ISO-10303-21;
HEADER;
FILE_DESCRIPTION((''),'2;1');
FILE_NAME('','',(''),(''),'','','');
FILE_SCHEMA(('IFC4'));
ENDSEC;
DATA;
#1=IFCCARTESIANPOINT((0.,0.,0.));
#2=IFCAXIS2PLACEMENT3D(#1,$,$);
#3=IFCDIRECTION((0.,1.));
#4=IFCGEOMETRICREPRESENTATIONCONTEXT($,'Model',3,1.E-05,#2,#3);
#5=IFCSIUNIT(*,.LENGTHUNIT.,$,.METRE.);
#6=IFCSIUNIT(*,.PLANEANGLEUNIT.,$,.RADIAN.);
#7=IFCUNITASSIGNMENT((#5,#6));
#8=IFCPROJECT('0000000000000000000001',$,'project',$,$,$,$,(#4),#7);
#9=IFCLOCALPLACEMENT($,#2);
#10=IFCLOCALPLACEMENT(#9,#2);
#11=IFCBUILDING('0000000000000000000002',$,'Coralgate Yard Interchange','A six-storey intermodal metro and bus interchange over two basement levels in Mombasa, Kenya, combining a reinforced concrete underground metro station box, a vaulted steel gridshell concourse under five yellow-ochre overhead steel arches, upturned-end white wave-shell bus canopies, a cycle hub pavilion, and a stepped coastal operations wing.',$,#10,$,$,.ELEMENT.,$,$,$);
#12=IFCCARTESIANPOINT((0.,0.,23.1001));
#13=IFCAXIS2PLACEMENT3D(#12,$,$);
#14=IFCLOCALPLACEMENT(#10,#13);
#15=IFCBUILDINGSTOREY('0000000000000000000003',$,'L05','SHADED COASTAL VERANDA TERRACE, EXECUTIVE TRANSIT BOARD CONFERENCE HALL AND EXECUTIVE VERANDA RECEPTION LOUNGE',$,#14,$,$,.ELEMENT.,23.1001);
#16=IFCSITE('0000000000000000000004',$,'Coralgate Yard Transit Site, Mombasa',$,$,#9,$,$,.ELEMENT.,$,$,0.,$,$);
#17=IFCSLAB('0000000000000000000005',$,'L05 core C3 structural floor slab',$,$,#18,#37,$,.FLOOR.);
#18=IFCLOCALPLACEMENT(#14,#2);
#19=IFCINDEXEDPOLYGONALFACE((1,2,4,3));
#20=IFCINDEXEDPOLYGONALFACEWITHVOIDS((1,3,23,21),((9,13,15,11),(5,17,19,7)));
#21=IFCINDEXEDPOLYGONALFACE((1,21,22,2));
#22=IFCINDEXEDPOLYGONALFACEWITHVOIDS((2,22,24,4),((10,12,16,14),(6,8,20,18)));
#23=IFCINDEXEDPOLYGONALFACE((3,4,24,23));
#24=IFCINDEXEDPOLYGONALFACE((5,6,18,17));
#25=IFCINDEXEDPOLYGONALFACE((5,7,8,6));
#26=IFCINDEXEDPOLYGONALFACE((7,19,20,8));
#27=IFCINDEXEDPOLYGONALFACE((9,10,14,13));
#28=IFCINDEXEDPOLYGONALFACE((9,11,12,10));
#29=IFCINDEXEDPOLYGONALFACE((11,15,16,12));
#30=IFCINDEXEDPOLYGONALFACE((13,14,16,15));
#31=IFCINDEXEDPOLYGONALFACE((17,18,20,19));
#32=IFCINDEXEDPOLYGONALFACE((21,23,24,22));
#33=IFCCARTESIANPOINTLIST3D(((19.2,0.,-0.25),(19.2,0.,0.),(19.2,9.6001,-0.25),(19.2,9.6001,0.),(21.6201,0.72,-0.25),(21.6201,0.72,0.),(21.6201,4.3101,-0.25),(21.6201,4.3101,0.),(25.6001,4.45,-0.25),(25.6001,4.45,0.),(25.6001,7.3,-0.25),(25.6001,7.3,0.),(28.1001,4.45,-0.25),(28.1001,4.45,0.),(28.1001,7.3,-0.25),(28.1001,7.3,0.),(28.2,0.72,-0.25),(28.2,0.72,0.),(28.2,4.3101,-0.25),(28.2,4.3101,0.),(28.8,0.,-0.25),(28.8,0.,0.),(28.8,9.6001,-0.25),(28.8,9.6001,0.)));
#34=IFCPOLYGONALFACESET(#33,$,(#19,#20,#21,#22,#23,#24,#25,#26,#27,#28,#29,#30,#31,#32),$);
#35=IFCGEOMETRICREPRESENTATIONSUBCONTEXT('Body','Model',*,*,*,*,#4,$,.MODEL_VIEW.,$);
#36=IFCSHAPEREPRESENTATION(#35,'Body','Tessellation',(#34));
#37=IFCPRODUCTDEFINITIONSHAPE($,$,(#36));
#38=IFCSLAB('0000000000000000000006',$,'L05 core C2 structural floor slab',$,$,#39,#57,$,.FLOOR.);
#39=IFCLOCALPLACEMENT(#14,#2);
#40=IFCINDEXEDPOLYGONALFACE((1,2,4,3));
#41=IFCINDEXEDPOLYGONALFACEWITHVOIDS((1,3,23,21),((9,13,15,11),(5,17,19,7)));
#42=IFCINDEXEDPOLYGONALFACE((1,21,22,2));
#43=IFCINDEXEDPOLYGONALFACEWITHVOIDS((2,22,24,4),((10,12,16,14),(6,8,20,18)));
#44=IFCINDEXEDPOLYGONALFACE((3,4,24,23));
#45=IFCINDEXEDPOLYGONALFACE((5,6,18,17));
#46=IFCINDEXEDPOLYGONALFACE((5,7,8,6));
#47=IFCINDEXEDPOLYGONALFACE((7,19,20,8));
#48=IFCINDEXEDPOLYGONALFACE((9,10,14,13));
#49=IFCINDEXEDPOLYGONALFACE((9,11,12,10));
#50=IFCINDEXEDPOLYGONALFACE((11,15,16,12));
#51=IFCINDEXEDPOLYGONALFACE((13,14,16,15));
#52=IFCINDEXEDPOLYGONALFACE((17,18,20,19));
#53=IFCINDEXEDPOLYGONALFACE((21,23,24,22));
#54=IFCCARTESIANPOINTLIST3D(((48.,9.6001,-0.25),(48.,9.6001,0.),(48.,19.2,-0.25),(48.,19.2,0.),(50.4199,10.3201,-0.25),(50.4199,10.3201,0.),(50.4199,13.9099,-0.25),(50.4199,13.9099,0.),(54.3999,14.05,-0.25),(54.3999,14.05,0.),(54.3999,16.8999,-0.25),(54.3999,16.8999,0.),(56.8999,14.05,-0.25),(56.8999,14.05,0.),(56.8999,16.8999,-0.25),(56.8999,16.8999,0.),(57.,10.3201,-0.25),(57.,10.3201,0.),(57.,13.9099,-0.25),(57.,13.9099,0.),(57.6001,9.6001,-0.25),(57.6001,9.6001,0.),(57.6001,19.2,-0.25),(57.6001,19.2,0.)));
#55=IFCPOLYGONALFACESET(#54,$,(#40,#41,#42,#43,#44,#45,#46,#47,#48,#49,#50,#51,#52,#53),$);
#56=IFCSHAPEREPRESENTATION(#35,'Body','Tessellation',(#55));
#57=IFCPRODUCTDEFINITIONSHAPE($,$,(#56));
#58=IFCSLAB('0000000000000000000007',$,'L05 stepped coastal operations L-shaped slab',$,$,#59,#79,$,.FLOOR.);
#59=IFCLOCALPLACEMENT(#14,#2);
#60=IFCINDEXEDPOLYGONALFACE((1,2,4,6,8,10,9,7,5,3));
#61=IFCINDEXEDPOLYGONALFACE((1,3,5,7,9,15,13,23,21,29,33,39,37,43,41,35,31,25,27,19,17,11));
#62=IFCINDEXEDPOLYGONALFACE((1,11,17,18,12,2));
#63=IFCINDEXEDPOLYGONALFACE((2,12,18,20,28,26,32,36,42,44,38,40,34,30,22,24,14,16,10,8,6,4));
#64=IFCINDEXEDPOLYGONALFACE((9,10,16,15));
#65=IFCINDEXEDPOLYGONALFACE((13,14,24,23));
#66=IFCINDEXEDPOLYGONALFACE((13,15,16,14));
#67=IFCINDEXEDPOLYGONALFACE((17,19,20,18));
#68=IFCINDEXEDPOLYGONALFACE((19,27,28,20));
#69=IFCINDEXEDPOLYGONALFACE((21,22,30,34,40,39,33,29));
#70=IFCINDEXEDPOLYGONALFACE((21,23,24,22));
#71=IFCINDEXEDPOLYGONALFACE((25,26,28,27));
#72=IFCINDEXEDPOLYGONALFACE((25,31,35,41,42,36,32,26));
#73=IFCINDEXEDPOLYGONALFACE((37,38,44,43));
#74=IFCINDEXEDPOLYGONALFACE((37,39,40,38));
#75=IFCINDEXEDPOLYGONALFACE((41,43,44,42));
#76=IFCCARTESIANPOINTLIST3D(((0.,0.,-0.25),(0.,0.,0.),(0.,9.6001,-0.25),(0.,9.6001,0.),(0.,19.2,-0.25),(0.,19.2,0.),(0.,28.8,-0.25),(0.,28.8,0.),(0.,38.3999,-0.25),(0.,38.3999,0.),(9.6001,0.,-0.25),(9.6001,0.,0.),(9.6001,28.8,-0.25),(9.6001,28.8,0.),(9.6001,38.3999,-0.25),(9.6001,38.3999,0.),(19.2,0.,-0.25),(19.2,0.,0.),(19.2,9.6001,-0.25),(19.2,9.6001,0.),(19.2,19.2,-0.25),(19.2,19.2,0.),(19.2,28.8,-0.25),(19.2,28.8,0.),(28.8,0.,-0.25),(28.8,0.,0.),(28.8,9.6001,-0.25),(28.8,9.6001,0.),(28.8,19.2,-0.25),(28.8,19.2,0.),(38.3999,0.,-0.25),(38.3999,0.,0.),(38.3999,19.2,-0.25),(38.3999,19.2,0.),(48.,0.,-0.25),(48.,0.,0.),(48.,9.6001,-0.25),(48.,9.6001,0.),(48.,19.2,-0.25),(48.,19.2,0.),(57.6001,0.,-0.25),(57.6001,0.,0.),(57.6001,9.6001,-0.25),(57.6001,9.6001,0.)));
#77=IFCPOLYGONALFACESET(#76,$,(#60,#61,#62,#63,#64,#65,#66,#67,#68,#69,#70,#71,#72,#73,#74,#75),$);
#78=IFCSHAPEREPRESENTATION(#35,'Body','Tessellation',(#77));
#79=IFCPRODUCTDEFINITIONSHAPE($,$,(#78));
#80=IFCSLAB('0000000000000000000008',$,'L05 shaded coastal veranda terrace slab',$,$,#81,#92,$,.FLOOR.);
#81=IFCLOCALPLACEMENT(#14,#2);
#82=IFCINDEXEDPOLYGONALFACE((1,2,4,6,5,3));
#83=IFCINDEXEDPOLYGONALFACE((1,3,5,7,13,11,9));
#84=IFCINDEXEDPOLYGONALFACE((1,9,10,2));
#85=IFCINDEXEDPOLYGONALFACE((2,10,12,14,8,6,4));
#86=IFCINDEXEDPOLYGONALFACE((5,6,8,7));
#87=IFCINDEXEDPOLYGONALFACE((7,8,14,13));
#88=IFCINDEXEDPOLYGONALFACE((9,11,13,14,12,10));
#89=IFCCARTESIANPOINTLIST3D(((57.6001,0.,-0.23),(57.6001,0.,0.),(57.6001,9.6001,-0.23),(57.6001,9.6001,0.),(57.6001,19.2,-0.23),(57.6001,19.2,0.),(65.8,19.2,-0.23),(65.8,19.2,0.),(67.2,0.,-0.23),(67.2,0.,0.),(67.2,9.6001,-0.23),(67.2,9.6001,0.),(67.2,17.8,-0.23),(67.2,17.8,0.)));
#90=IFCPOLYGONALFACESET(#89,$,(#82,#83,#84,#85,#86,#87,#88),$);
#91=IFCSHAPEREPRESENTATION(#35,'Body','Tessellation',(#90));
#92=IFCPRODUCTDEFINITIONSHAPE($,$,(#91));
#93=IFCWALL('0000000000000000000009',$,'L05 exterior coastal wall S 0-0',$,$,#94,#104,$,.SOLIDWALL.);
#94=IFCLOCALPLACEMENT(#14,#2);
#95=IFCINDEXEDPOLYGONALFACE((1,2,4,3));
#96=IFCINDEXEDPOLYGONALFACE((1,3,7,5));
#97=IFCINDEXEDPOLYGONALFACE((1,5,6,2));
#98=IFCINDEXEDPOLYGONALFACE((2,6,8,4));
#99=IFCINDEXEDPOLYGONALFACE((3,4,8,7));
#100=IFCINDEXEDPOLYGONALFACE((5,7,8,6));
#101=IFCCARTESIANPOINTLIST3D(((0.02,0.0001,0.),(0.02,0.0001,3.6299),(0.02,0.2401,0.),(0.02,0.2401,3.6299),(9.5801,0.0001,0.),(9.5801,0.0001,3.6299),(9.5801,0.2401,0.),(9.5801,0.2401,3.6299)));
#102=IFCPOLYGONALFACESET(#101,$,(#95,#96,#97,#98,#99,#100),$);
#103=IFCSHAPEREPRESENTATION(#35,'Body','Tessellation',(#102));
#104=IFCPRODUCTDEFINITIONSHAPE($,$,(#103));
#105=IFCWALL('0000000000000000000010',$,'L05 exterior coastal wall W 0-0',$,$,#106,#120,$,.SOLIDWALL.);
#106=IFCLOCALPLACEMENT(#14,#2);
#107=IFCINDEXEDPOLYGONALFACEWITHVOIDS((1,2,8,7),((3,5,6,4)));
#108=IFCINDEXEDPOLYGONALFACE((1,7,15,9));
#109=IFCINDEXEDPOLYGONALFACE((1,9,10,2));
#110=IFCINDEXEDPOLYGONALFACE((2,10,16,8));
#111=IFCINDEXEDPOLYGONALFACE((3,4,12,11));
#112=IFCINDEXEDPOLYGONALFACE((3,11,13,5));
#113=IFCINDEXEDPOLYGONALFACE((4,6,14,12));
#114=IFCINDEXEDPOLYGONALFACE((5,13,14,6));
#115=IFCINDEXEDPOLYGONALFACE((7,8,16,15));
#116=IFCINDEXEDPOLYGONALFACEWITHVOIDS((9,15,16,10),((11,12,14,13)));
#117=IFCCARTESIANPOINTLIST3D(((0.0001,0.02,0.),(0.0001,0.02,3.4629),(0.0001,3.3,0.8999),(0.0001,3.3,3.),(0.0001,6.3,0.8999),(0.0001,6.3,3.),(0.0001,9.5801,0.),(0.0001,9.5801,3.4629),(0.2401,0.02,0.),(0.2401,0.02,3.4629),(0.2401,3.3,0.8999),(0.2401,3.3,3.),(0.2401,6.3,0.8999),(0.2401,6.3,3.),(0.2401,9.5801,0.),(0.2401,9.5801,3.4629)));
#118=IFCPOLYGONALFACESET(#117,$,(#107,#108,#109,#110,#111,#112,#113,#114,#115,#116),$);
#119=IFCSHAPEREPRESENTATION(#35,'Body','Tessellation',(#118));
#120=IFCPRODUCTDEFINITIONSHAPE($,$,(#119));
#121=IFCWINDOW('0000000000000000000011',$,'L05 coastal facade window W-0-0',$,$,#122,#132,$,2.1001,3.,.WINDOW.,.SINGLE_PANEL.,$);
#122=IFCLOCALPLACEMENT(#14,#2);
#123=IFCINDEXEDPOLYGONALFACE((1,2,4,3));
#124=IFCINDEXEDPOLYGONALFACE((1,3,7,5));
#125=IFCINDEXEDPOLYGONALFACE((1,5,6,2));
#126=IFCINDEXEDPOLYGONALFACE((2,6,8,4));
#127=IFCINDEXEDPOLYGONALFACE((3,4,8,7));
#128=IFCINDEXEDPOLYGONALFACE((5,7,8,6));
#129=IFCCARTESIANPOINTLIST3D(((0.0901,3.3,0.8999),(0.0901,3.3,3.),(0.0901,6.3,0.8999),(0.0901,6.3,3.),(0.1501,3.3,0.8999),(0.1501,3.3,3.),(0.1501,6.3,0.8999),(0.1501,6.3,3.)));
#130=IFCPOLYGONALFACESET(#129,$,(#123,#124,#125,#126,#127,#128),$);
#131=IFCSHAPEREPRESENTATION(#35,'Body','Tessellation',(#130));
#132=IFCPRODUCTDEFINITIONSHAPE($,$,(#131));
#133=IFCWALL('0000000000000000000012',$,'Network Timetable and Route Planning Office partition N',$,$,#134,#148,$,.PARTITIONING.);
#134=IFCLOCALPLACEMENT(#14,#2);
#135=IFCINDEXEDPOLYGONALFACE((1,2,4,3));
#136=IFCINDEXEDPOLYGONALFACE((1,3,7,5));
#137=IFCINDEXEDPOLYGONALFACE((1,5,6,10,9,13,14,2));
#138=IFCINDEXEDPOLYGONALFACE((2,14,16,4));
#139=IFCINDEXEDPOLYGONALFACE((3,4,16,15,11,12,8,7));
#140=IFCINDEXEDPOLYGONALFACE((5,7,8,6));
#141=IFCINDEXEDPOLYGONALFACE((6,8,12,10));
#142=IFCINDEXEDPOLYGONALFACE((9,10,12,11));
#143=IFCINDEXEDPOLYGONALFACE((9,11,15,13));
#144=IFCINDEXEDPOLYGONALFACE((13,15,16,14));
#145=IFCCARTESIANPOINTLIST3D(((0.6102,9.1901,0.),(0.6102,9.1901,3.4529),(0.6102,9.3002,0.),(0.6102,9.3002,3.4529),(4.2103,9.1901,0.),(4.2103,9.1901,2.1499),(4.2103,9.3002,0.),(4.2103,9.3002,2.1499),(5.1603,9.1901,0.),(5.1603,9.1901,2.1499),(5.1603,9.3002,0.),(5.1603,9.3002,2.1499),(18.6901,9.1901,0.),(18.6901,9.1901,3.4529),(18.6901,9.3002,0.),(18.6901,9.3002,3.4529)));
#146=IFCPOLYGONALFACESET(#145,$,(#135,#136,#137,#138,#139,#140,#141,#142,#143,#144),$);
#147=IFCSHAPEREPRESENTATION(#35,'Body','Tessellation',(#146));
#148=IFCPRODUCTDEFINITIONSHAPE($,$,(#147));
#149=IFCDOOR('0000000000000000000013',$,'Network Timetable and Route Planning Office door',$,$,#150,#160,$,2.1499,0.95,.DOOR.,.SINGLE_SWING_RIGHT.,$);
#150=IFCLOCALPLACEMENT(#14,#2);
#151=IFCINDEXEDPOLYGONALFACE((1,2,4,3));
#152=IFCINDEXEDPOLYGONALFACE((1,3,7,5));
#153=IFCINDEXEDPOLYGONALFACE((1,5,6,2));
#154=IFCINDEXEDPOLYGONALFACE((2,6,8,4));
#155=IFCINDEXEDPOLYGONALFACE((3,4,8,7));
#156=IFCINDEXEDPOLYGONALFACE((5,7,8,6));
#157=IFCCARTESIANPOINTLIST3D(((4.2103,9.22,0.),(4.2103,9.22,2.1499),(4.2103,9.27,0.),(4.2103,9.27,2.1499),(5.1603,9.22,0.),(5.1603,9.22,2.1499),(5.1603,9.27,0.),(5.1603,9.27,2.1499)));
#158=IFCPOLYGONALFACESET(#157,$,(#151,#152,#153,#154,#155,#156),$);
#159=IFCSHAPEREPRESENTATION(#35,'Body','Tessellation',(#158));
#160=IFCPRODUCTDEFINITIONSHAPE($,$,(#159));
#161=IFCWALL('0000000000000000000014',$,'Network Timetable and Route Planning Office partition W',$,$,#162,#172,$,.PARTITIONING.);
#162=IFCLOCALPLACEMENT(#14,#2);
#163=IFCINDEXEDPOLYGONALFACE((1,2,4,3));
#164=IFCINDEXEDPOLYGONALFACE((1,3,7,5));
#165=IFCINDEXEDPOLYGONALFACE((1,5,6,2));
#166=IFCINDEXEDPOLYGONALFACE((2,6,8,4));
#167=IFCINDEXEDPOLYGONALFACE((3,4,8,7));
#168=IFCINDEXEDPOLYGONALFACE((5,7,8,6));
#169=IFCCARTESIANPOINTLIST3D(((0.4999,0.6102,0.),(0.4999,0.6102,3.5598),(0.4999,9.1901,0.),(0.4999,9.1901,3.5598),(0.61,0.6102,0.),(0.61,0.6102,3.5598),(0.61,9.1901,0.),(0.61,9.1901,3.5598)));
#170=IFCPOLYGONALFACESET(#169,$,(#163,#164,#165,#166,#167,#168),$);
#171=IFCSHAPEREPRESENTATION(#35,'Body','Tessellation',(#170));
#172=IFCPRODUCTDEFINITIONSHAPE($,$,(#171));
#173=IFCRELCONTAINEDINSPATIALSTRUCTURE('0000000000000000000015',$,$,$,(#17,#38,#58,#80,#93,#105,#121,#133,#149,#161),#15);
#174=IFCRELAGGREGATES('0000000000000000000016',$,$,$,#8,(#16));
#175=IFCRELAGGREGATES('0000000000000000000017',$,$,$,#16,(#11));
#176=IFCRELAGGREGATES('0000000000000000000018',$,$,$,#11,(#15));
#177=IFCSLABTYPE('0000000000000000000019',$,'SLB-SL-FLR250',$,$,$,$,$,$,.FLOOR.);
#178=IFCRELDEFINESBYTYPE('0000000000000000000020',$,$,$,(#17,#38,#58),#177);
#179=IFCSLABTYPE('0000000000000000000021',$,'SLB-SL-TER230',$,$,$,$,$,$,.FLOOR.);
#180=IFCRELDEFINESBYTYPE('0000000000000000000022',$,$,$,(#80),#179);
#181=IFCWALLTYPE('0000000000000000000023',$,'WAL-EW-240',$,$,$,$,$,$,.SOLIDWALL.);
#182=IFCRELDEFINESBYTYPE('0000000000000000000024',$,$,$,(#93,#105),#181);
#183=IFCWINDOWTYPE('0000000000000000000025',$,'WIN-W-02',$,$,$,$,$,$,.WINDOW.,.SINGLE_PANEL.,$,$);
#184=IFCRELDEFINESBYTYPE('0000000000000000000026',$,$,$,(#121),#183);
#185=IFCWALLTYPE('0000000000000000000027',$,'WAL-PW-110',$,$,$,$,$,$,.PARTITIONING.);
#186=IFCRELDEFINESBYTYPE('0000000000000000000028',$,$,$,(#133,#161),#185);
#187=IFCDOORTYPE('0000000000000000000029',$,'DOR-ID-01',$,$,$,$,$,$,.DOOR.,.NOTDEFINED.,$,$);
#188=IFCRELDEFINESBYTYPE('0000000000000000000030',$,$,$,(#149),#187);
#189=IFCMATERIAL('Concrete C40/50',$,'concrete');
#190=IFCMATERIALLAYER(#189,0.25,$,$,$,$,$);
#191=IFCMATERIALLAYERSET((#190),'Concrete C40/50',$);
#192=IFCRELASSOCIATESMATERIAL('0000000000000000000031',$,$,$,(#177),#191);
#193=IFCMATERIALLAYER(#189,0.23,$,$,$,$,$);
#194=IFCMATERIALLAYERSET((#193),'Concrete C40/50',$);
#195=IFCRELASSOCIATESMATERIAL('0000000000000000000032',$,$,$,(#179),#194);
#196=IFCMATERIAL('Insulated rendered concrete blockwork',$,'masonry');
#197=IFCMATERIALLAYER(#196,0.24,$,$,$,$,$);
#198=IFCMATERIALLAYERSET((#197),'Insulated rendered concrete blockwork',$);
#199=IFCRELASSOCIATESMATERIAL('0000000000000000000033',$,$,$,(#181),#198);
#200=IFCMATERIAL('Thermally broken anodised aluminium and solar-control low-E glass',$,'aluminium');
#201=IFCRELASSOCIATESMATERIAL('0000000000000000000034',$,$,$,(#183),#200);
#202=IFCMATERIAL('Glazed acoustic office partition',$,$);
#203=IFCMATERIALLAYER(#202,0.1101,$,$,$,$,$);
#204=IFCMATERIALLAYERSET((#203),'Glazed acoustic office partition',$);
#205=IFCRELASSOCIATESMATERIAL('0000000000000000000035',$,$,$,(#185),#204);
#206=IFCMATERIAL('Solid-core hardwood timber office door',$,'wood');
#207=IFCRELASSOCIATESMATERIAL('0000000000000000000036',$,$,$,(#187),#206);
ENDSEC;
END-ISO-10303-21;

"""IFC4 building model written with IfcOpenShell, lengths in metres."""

from ifc_helpers import new_model, si_unit, direction, frame, frame_2d, origin, place, context, subcontext, project, spatial, polyline, rectangle, outline, extrude, material, layer, layer_set, type_object, element, fill, save


model = new_model("IFC4")

# Units and contexts
model_context = context("Model", 3, precision=1e-05, world=origin(), true_north=direction((0.0, 1.0)))
body_context = subcontext(model_context, "Body", "Model", "MODEL_VIEW")
ifc_project = project(units=[si_unit("LENGTHUNIT", "METRE"), si_unit("PLANEANGLEUNIT", "RADIAN")], contexts=[model_context])

# Site, building, storey
site_placement = place(None, origin())
site = spatial("IfcSite", under=ifc_project, at=site_placement, Name="Coralgate Yard Transit Site, Mombasa", CompositionType="ELEMENT", RefElevation=0.0)
building_placement = place(site_placement, origin())
building = spatial("IfcBuilding", under=site, at=building_placement, Name="Coralgate Yard Interchange", Description="A six-storey intermodal metro and bus interchange over two basement levels in Mombasa, Kenya, combining a reinforced concrete underground metro station box, a vaulted steel gridshell concourse under five yellow-ochre overhead steel arches, upturned-end white wave-shell bus canopies, a cycle hub pavilion, and a stepped coastal operations wing.", CompositionType="ELEMENT")
storey_placement = place(building_placement, frame((0.0, 0.0, 23.1001)))
storey = spatial("IfcBuildingStorey", under=building, at=storey_placement, Name="L05", Description="SHADED COASTAL VERANDA TERRACE, EXECUTIVE TRANSIT BOARD CONFERENCE HALL AND EXECUTIVE VERANDA RECEPTION LOUNGE", CompositionType="ELEMENT", Elevation=23.1001)

# Slabs
ifc_material_1 = material(Name="Concrete C40/50", Category="concrete")
ifc_layer_1 = layer(ifc_material_1, 0.25)
ifc_layer_set_1 = layer_set([ifc_layer_1], Name="Concrete C40/50")
slab_type_1 = type_object("IfcSlabType", Name="SLB-SL-FLR250", PredefinedType="FLOOR", material=ifc_layer_set_1)
slab_1_placement = place(storey_placement, frame((0.0, 0.0, -0.25)))
element("IfcSlab", 1, at=slab_1_placement, inside=storey, type_object=slab_type_1, Name="L05 core C3 structural floor slab", PredefinedType="FLOOR", context=body_context, shape_type="SweptSolid", body=[
    extrude(outline(polyline([(28.8, 9.6001), (28.8, 0.0), (19.2, 0.0), (19.2, 9.6001), (28.8, 9.6001)]), holes=[polyline([(28.2, 4.3101), (21.6201, 4.3101), (21.6201, 0.72), (28.2, 0.72), (28.2, 4.3101)]), polyline([(28.1001, 4.45), (28.1001, 7.3), (25.6001, 7.3), (25.6001, 4.45), (28.1001, 4.45)])]), origin(), (0.0, 0.0, 1.0), 0.25),
])
slab_2_placement = place(storey_placement, frame((0.0, 0.0, -0.25)))
element("IfcSlab", 2, at=slab_2_placement, inside=storey, type_object=slab_type_1, Name="L05 core C2 structural floor slab", PredefinedType="FLOOR", context=body_context, shape_type="SweptSolid", body=[
    extrude(outline(polyline([(57.6001, 19.2), (57.6001, 9.6001), (48.0, 9.6001), (48.0, 19.2), (57.6001, 19.2)]), holes=[polyline([(57.0, 13.9099), (50.4199, 13.9099), (50.4199, 10.3201), (57.0, 10.3201), (57.0, 13.9099)]), polyline([(56.8999, 14.05), (56.8999, 16.8999), (54.3999, 16.8999), (54.3999, 14.05), (56.8999, 14.05)])]), origin(), (0.0, 0.0, 1.0), 0.25),
])
slab_3_placement = place(storey_placement, frame((0.0, 0.0, -0.25)))
element("IfcSlab", 3, at=slab_3_placement, inside=storey, type_object=slab_type_1, Name="L05 stepped coastal operations L-shaped slab", PredefinedType="FLOOR", context=body_context, shape_type="SweptSolid", body=[
    extrude(outline(polyline([(0.0, 19.2), (0.0, 28.8), (0.0, 38.3999), (9.6001, 38.3999), (9.6001, 28.8), (19.2, 28.8), (19.2, 19.2), (28.8, 19.2), (38.3999, 19.2), (48.0, 19.2), (48.0, 9.6001), (57.6001, 9.6001), (57.6001, 0.0), (48.0, 0.0), (38.3999, 0.0), (28.8, 0.0), (28.8, 9.6001), (19.2, 9.6001), (19.2, 0.0), (9.6001, 0.0), (0.0, 0.0), (0.0, 9.6001), (0.0, 19.2)])), origin(), (0.0, 0.0, 1.0), 0.25),
])
ifc_layer_2 = layer(ifc_material_1, 0.23)
ifc_layer_set_2 = layer_set([ifc_layer_2], Name="Concrete C40/50")
slab_type_2 = type_object("IfcSlabType", Name="SLB-SL-TER230", PredefinedType="FLOOR", material=ifc_layer_set_2)
slab_4_placement = place(storey_placement, frame((0.0, 0.0, -0.23)))
element("IfcSlab", 4, at=slab_4_placement, inside=storey, type_object=slab_type_2, Name="L05 shaded coastal veranda terrace slab", PredefinedType="FLOOR", context=body_context, shape_type="SweptSolid", body=[
    extrude(outline(polyline([(57.6001, 0.0), (57.6001, 9.6001), (57.6001, 19.2), (65.8, 19.2), (67.2, 17.8), (67.2, 9.6001), (67.2, 0.0), (57.6001, 0.0)])), origin(), (0.0, 0.0, 1.0), 0.23),
])

# Wall
ifc_material_2 = material(Name="Insulated rendered concrete blockwork", Category="masonry")
ifc_layer_3 = layer(ifc_material_2, 0.24)
ifc_layer_set_3 = layer_set([ifc_layer_3], Name="Insulated rendered concrete blockwork")
wall_type_1 = type_object("IfcWallType", Name="WAL-EW-240", PredefinedType="SOLIDWALL", material=ifc_layer_set_3)
wall_1_placement = place(storey_placement, frame((9.5801, 0.1201, 0.0), z_axis=(0.0, 0.0, 1.0), x_axis=(-1.0, 0.0, 0.0)))
element("IfcWall", 5, at=wall_1_placement, inside=storey, type_object=wall_type_1, Name="L05 exterior coastal wall S 0-0", PredefinedType="SOLIDWALL", context=body_context, shape_type="SweptSolid", body=[
    extrude(rectangle(XDim=9.5601, YDim=0.24, at=frame_2d((4.78, 0.0))), origin(), (0.0, 0.0, 1.0), 3.6299),
])

# Wall, opening, window
wall_2_placement = place(storey_placement, frame((0.1201, 0.02, 0.0), z_axis=(0.0, 0.0, 1.0), x_axis=(0.0, 1.0, 0.0)))
wall_2 = element("IfcWall", 6, at=wall_2_placement, inside=storey, type_object=wall_type_1, Name="L05 exterior coastal wall W 0-0", PredefinedType="SOLIDWALL", context=body_context, shape_type="SweptSolid", body=[
    extrude(rectangle(XDim=9.5601, YDim=0.24, at=frame_2d((4.78, 0.0))), origin(), (0.0, 0.0, 1.0), 3.4629),
])
opening_1_placement = place(wall_2_placement, frame((3.28, 0.0, 0.8999)))
opening_1 = element("IfcOpeningElement", 7, at=opening_1_placement, cuts=wall_2, PredefinedType="OPENING", context=body_context, shape_type="SweptSolid", body=[
    extrude(rectangle(XDim=3.0, YDim=2.1001, at=frame_2d((1.5, 1.05))), frame((0.0, 0.1299, 0.0), z_axis=(0.0, -1.0, 0.0), x_axis=(1.0, 0.0, 0.0)), (0.0, 0.0, 1.0), 0.26),
])
ifc_material_3 = material(Name="Thermally broken anodised aluminium and solar-control low-E glass", Category="aluminium")
window_type = type_object("IfcWindowType", Name="WIN-W-02", PartitioningType="SINGLE_PANEL", PredefinedType="WINDOW", material=ifc_material_3)
window_placement = place(opening_1_placement, origin())
window = element("IfcWindow", 8, at=window_placement, inside=storey, type_object=window_type, Name="L05 coastal facade window W-0-0", OverallHeight=2.1001, OverallWidth=3.0, PartitioningType="SINGLE_PANEL", PredefinedType="WINDOW", context=body_context, shape_type="SweptSolid", body=[
    extrude(rectangle(XDim=3.0, YDim=2.1001, at=frame_2d((1.5, 1.05))), frame((0.0, 0.03, 0.0), z_axis=(0.0, -1.0, 0.0), x_axis=(1.0, 0.0, 0.0)), (0.0, 0.0, 1.0), 0.0601),
])
fill(opening_1, window)

# Wall, opening, door
ifc_material_4 = material(Name="Glazed acoustic office partition")
ifc_layer_4 = layer(ifc_material_4, 0.1101)
ifc_layer_set_4 = layer_set([ifc_layer_4], Name="Glazed acoustic office partition")
wall_type_2 = type_object("IfcWallType", Name="WAL-PW-110", PredefinedType="PARTITIONING", material=ifc_layer_set_4)
wall_3_placement = place(storey_placement, frame((0.6101, 9.2451, 0.0), z_axis=(0.0, 0.0, 1.0), x_axis=(1.0, 0.0, 0.0)))
wall_3 = element("IfcWall", 9, at=wall_3_placement, inside=storey, type_object=wall_type_2, Name="Network Timetable and Route Planning Office partition N", PredefinedType="PARTITIONING", context=body_context, shape_type="SweptSolid", body=[
    extrude(rectangle(XDim=18.0798, YDim=0.1101, at=frame_2d((9.04, 0.0))), origin(), (0.0, 0.0, 1.0), 3.4529),
])
opening_2_placement = place(wall_3_placement, frame((3.6001, 0.0, 0.0)))
opening_2 = element("IfcOpeningElement", 10, at=opening_2_placement, cuts=wall_3, PredefinedType="OPENING", context=body_context, shape_type="SweptSolid", body=[
    extrude(rectangle(XDim=0.95, YDim=2.1499, at=frame_2d((0.4751, 1.075))), frame((0.0, 0.0649, 0.0), z_axis=(0.0, -1.0, 0.0), x_axis=(1.0, 0.0, 0.0)), (0.0, 0.0, 1.0), 0.1301),
])
ifc_material_5 = material(Name="Solid-core hardwood timber office door", Category="wood")
door_type = type_object("IfcDoorType", Name="DOR-ID-01", OperationType="NOTDEFINED", PredefinedType="DOOR", material=ifc_material_5)
door_placement = place(opening_2_placement, origin())
door = element("IfcDoor", 11, at=door_placement, inside=storey, type_object=door_type, Name="Network Timetable and Route Planning Office door", OperationType="SINGLE_SWING_RIGHT", OverallHeight=2.1499, OverallWidth=0.95, PredefinedType="DOOR", context=body_context, shape_type="SweptSolid", body=[
    extrude(rectangle(XDim=0.95, YDim=2.1499, at=frame_2d((0.4751, 1.075))), frame((0.0, 0.0249, 0.0), z_axis=(0.0, -1.0, 0.0), x_axis=(1.0, 0.0, 0.0)), (0.0, 0.0, 1.0), 0.05),
])
fill(opening_2, door)

# Wall
wall_4_placement = place(storey_placement, frame((0.5549, 0.6101, 0.0), z_axis=(0.0, 0.0, 1.0), x_axis=(0.0, 1.0, 0.0)))
element("IfcWall", 12, at=wall_4_placement, inside=storey, type_object=wall_type_2, Name="Network Timetable and Route Planning Office partition W", PredefinedType="PARTITIONING", context=body_context, shape_type="SweptSolid", body=[
    extrude(rectangle(XDim=8.5798, YDim=0.1101, at=frame_2d((4.29, 0.0))), origin(), (0.0, 0.0, 1.0), 3.5598),
])

save(model, "model.ifc")
